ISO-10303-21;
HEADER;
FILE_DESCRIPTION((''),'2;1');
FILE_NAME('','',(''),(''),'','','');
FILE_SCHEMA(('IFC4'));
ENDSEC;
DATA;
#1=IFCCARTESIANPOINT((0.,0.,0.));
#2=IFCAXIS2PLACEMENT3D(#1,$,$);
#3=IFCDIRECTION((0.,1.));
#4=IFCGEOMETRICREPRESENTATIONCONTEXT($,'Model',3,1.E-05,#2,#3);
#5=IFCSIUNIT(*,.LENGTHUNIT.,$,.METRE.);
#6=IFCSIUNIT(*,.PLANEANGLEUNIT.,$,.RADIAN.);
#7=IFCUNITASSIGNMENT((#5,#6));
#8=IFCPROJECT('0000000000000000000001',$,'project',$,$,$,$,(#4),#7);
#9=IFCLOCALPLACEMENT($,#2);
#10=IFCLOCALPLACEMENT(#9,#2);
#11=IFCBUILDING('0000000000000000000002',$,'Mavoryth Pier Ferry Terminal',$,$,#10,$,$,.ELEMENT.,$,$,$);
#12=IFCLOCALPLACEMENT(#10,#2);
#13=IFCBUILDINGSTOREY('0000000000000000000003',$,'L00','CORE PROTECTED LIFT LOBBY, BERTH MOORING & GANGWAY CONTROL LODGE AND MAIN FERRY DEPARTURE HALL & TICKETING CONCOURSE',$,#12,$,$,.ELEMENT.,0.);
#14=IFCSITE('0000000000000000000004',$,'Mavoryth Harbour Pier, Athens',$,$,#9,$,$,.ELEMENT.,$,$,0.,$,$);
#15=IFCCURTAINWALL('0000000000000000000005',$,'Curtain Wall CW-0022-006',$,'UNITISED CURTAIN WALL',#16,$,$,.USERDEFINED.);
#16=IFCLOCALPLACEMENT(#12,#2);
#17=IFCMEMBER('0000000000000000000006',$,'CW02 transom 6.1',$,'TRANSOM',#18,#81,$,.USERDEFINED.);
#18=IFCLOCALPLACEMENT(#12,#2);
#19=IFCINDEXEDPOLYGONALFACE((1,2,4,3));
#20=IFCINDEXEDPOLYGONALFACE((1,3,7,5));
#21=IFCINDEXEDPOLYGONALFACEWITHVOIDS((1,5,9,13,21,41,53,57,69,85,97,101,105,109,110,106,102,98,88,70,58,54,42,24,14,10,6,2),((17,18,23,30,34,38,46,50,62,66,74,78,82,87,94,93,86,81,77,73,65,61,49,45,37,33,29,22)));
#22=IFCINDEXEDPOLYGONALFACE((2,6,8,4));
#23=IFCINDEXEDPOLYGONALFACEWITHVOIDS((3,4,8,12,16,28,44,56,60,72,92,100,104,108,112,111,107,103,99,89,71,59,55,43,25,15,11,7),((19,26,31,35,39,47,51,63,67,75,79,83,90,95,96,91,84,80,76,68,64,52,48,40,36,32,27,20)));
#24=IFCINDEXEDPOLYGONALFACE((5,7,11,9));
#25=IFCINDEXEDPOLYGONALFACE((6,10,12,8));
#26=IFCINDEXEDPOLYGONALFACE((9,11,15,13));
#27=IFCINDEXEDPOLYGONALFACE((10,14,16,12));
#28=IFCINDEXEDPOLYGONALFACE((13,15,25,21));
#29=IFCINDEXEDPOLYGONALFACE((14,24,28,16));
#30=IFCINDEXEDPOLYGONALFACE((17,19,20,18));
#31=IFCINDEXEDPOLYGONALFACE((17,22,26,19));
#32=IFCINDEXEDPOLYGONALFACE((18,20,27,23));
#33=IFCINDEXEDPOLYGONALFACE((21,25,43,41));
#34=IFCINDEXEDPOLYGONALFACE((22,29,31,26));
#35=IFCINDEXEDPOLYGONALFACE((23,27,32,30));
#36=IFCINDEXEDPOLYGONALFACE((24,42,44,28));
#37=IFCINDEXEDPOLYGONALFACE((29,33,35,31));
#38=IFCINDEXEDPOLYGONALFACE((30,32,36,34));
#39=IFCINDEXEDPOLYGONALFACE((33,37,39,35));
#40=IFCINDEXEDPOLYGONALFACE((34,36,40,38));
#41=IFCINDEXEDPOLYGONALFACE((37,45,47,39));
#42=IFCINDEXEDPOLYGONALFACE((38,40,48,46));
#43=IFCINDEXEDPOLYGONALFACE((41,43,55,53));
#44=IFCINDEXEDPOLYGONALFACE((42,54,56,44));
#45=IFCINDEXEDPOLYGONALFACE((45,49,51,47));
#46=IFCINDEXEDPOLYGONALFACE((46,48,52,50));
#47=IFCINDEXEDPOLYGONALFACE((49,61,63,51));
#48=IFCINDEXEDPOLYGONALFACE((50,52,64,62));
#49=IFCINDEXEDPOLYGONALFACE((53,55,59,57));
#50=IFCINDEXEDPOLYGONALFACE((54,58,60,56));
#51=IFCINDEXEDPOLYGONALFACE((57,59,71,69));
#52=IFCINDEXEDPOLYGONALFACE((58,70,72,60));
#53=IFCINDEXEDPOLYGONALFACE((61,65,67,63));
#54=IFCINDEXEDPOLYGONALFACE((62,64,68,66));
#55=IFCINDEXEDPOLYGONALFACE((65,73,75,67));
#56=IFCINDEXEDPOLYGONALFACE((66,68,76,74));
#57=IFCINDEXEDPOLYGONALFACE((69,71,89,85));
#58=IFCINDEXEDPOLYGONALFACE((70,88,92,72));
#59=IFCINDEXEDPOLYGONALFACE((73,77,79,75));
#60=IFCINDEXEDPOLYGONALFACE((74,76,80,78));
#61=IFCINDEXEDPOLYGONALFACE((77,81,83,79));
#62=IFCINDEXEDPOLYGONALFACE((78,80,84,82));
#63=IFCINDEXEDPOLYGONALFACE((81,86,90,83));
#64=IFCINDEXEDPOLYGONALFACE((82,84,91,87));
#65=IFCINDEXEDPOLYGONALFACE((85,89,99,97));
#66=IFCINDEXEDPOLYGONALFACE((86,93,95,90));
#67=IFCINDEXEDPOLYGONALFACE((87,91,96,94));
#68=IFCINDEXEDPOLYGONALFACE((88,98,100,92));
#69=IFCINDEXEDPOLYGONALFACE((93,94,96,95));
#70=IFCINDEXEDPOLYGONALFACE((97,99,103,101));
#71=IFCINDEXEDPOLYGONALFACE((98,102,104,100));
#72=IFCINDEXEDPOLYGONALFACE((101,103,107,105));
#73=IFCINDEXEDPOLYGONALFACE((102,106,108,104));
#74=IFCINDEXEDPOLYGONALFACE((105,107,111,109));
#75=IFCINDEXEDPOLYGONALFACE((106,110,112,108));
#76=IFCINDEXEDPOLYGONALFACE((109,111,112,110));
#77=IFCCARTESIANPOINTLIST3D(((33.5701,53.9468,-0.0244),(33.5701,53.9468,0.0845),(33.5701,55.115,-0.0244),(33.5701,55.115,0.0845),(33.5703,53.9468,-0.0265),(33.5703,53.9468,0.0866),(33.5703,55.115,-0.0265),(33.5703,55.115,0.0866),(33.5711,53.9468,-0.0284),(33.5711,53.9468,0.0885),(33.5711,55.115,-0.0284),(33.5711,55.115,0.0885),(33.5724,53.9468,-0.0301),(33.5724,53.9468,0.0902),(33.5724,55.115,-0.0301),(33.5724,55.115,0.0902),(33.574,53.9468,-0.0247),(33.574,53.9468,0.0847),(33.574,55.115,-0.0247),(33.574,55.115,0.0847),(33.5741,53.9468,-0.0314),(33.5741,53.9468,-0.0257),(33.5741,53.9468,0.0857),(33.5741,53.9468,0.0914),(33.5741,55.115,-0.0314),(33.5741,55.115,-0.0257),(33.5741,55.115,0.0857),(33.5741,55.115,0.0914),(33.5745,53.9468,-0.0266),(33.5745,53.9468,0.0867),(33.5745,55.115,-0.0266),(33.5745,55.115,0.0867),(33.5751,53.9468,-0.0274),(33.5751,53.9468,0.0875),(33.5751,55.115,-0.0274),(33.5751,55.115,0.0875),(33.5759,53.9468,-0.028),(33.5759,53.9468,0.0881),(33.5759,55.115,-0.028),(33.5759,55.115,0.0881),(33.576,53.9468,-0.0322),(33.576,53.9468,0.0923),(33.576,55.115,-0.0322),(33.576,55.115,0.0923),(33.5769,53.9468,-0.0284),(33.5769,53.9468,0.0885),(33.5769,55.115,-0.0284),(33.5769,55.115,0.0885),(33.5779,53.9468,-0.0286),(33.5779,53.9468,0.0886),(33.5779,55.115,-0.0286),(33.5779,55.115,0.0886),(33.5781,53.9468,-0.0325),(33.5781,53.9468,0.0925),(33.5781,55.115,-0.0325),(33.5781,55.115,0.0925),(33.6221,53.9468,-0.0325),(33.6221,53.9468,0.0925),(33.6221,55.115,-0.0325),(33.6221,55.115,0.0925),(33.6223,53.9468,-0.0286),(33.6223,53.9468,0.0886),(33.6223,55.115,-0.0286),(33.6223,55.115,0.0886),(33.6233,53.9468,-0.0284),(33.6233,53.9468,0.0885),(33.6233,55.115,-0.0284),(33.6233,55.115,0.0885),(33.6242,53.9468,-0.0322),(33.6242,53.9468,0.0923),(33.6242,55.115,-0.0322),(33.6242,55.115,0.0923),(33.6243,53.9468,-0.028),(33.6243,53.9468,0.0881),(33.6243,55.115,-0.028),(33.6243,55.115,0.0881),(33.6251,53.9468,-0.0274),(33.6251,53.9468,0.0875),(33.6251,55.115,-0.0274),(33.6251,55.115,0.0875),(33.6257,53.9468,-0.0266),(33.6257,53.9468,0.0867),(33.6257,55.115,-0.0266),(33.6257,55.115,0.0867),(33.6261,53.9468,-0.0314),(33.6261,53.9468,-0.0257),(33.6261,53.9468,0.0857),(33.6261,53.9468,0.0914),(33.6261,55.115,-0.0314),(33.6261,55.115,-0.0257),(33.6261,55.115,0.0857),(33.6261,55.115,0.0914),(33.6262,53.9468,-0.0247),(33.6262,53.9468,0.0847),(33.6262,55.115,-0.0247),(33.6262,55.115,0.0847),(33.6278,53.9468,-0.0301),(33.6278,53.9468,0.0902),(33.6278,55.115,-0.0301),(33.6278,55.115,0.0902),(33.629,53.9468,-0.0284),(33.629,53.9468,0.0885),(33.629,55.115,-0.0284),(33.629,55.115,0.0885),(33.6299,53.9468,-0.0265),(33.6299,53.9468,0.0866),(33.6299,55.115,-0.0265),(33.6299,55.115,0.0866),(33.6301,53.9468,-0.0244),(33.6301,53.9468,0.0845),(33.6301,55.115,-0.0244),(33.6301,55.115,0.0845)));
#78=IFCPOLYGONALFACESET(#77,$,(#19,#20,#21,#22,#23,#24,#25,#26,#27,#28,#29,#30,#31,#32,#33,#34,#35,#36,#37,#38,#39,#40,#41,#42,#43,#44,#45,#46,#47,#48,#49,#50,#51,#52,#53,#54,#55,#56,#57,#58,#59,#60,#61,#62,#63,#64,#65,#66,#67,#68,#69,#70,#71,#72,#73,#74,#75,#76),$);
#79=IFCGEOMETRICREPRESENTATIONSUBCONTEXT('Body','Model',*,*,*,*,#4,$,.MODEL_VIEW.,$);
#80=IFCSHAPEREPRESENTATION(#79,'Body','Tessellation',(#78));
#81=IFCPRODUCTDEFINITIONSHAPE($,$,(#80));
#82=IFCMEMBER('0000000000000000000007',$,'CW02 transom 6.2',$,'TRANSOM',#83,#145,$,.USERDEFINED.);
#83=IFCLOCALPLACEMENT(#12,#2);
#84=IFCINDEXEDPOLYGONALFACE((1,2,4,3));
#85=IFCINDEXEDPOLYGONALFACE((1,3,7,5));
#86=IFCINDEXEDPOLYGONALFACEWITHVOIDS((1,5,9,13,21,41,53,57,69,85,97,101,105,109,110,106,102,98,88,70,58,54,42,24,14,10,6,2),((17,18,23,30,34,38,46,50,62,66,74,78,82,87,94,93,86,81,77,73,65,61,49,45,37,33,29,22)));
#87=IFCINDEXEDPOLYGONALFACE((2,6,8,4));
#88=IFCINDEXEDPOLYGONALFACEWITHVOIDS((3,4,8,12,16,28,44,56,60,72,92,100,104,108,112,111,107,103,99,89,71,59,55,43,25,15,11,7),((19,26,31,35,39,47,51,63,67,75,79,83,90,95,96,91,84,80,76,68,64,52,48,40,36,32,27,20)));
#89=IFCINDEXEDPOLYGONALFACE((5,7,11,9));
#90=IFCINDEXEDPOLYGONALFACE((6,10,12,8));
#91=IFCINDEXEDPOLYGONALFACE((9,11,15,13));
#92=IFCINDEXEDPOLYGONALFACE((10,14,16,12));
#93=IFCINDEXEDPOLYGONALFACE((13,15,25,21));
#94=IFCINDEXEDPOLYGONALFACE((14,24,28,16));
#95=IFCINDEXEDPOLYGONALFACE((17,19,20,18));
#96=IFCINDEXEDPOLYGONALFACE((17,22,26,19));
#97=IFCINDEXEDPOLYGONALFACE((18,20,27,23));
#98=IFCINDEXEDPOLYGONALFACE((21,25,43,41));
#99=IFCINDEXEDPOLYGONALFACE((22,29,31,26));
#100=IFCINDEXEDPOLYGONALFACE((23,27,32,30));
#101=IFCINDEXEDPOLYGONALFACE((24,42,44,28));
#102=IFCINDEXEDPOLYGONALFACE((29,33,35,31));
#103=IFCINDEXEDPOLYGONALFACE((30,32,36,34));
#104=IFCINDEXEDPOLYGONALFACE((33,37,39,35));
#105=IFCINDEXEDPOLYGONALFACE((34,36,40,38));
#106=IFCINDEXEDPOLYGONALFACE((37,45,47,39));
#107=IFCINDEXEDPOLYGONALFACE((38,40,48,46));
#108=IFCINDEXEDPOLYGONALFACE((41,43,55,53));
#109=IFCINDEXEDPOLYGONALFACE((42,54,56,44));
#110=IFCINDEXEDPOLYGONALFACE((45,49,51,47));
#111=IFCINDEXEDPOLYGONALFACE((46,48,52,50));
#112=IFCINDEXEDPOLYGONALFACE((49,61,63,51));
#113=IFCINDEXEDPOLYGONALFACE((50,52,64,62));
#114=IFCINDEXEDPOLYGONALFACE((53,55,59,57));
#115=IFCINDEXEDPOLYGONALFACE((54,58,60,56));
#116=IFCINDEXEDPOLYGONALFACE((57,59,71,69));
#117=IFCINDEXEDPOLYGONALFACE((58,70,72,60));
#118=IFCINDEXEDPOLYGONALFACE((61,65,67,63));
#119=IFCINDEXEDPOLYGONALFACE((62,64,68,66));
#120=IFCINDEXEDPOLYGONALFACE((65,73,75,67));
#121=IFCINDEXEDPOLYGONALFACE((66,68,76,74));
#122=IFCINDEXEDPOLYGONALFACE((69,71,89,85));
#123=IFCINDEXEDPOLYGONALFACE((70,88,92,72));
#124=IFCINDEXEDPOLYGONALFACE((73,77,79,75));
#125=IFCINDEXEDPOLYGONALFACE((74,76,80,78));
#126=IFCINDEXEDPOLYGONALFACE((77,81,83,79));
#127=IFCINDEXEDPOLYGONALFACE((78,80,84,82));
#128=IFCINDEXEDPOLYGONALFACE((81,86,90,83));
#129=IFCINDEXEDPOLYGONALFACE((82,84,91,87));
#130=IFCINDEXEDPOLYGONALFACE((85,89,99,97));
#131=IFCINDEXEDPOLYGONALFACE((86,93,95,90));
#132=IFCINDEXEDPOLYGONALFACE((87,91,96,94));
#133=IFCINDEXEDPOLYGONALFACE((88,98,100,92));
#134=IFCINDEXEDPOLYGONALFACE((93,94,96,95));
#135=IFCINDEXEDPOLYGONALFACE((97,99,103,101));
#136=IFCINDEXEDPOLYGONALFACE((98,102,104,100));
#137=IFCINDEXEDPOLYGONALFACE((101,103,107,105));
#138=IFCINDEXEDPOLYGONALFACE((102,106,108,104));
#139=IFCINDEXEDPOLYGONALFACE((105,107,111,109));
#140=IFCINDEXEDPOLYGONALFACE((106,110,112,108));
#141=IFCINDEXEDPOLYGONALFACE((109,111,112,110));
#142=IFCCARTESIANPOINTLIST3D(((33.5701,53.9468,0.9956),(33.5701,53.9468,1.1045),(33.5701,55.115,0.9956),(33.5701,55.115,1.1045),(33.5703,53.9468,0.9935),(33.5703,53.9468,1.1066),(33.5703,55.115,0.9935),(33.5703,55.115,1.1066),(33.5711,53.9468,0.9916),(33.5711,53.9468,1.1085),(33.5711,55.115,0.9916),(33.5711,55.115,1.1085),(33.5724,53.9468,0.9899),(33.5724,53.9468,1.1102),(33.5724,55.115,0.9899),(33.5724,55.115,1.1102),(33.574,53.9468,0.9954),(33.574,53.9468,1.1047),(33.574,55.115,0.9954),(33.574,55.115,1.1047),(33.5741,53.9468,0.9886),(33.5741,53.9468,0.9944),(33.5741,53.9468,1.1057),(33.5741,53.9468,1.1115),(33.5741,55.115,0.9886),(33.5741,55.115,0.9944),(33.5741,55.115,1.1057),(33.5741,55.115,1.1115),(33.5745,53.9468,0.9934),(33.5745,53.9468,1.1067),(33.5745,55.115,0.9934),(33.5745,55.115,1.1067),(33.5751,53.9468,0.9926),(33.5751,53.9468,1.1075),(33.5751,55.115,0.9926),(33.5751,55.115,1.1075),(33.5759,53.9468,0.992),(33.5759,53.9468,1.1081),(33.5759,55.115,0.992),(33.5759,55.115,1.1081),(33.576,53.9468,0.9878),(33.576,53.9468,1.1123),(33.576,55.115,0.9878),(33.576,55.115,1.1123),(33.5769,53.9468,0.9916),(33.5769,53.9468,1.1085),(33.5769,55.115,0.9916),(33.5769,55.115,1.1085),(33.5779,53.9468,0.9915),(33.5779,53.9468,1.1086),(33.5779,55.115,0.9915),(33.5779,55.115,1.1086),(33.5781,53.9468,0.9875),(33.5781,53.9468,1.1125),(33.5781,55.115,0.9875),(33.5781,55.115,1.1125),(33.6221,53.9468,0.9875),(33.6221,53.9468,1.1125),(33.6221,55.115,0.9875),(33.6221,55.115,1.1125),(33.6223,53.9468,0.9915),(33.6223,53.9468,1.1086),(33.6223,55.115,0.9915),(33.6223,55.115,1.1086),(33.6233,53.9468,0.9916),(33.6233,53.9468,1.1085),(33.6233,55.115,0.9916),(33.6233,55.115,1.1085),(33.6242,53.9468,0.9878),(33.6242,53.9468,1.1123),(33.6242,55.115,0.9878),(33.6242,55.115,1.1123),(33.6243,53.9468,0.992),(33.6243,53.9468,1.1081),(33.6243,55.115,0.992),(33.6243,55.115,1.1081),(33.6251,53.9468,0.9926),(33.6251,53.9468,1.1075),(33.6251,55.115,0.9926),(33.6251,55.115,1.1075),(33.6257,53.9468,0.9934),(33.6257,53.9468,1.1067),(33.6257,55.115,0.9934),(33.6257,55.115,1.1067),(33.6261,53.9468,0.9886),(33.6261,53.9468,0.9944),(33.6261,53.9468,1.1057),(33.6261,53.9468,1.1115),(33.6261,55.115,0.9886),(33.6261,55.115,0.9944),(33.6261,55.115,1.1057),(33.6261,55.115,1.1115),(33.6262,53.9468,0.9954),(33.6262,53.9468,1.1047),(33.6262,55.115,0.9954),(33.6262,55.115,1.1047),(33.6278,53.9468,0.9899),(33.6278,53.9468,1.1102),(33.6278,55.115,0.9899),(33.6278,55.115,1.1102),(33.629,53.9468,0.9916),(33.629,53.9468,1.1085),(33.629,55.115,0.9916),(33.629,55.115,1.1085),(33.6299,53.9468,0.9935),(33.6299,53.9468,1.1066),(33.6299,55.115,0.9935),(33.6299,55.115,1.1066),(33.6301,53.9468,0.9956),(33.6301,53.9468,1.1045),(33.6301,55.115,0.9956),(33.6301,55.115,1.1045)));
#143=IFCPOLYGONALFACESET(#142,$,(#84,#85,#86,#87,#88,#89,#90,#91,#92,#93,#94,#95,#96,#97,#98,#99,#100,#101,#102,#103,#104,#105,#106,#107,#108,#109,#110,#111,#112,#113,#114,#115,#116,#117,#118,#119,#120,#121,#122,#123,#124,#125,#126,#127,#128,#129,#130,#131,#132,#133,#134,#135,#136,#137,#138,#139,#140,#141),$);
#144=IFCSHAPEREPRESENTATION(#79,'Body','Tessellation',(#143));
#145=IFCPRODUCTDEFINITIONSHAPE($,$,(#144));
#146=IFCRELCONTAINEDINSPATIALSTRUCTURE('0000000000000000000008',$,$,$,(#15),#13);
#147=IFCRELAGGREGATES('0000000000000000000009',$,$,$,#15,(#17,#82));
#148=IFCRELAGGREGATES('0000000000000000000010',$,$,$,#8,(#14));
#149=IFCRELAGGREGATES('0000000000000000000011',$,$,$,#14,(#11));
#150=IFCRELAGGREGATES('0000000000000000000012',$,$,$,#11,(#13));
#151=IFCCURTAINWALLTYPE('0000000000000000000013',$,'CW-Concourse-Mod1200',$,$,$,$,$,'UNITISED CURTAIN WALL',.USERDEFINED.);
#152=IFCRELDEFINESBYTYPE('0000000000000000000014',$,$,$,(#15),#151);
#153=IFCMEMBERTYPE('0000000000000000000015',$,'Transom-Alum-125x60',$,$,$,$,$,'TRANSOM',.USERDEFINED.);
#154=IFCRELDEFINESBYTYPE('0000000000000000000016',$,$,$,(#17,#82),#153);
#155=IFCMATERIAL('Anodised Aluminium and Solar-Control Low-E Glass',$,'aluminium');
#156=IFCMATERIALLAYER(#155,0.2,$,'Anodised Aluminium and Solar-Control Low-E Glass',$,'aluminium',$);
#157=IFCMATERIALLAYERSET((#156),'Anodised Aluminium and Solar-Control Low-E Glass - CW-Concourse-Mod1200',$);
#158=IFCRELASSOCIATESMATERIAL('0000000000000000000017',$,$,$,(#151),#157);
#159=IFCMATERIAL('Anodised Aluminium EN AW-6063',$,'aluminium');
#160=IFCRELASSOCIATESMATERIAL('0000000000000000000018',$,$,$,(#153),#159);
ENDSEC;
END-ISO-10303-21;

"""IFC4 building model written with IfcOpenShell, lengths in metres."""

from ifc_helpers import new_model, si_unit, direction, frame, origin, origin_2d, place, context, subcontext, project, spatial, hollow_rectangle, extrude, material, layer, layer_set, material_profile, profile_set, type_object, element, aggregate, save


model = new_model("IFC4")

# Units and contexts
model_context = context("Model", 3, precision=1e-05, world=origin(), true_north=direction((0.0, 1.0)))
body_context = subcontext(model_context, "Body", "Model", "MODEL_VIEW")
ifc_project = project(units=[si_unit("LENGTHUNIT", "METRE"), si_unit("PLANEANGLEUNIT", "RADIAN")], contexts=[model_context])

# Site, building, storey
site_placement = place(None, origin())
site = spatial("IfcSite", under=ifc_project, at=site_placement, Name="Mavoryth Harbour Pier, Athens", CompositionType="ELEMENT", RefElevation=0.0)
building_placement = place(site_placement, origin())
building = spatial("IfcBuilding", under=site, at=building_placement, Name="Mavoryth Pier Ferry Terminal", CompositionType="ELEMENT")
storey_placement = place(building_placement, origin())
storey = spatial("IfcBuildingStorey", under=building, at=storey_placement, Name="L00", Description="CORE PROTECTED LIFT LOBBY, BERTH MOORING & GANGWAY CONTROL LODGE AND MAIN FERRY DEPARTURE HALL & TICKETING CONCOURSE", CompositionType="ELEMENT", Elevation=0.0)

# Curtain wall
ifc_material_1 = material(Name="Anodised Aluminium and Solar-Control Low-E Glass", Category="aluminium")
ifc_layer_1 = layer(ifc_material_1, 0.2, Name="Anodised Aluminium and Solar-Control Low-E Glass", Category="aluminium")
ifc_layer_set_1 = layer_set([ifc_layer_1], Name="Anodised Aluminium and Solar-Control Low-E Glass - CW-Concourse-Mod1200")
curtain_wall_type = type_object("IfcCurtainWallType", Name="CW-Concourse-Mod1200", ElementType="UNITISED CURTAIN WALL", PredefinedType="USERDEFINED", material=ifc_layer_set_1)
curtain_wall_1_placement = place(storey_placement, origin())
curtain_wall_1 = element("IfcCurtainWall", 1, at=curtain_wall_1_placement, inside=storey, type_object=curtain_wall_type, Name="Curtain Wall CW-0022-006", ObjectType="UNITISED CURTAIN WALL", PredefinedType="USERDEFINED")
ifc_material_2 = material(Name="Anodised Aluminium EN AW-6063", Category="aluminium")

# Members
ifc_material_profile_1 = material_profile(ifc_material_2, hollow_rectangle(XDim=0.0601, YDim=0.125, WallThickness=0.0039, InnerFilletRadius=0.0039, OuterFilletRadius=0.0081, at=origin_2d()), Name="AL-TRAN 125x60x4", Category="aluminium")
ifc_profile_set_1 = profile_set([ifc_material_profile_1], Name="Anodised Aluminium EN AW-6063 - AL-TRAN 125x60x4")
member_type_1 = type_object("IfcMemberType", Name="Transom-Alum-125x60", ElementType="TRANSOM", PredefinedType="USERDEFINED", material=ifc_profile_set_1)
member_1_placement = place(storey_placement, frame((33.6001, 53.9468, 0.03), z_axis=(0.0, 1.0, 0.0), x_axis=(-1.0, 0.0, 0.0)))
member_1 = element("IfcMember", 2, at=member_1_placement, type_object=member_type_1, Name="CW02 transom 6.1", ObjectType="TRANSOM", PredefinedType="USERDEFINED", context=body_context, shape_type="SweptSolid", body=[
    extrude(hollow_rectangle(XDim=0.0601, YDim=0.125, WallThickness=0.0039, InnerFilletRadius=0.0039, OuterFilletRadius=0.0081, at=origin_2d()), origin(), (0.0, 0.0, 1.0), 1.1682),
])
member_2_placement = place(storey_placement, frame((33.6001, 53.9468, 1.05), z_axis=(0.0, 1.0, 0.0), x_axis=(-1.0, 0.0, 0.0)))
member_2 = element("IfcMember", 3, at=member_2_placement, type_object=member_type_1, Name="CW02 transom 6.2", ObjectType="TRANSOM", PredefinedType="USERDEFINED", context=body_context, shape_type="SweptSolid", body=[
    extrude(hollow_rectangle(XDim=0.0601, YDim=0.125, WallThickness=0.0039, InnerFilletRadius=0.0039, OuterFilletRadius=0.0081, at=origin_2d()), origin(), (0.0, 0.0, 1.0), 1.1682),
])

aggregate(curtain_wall_1, [member_1, member_2])

save(model, "model.ifc")
